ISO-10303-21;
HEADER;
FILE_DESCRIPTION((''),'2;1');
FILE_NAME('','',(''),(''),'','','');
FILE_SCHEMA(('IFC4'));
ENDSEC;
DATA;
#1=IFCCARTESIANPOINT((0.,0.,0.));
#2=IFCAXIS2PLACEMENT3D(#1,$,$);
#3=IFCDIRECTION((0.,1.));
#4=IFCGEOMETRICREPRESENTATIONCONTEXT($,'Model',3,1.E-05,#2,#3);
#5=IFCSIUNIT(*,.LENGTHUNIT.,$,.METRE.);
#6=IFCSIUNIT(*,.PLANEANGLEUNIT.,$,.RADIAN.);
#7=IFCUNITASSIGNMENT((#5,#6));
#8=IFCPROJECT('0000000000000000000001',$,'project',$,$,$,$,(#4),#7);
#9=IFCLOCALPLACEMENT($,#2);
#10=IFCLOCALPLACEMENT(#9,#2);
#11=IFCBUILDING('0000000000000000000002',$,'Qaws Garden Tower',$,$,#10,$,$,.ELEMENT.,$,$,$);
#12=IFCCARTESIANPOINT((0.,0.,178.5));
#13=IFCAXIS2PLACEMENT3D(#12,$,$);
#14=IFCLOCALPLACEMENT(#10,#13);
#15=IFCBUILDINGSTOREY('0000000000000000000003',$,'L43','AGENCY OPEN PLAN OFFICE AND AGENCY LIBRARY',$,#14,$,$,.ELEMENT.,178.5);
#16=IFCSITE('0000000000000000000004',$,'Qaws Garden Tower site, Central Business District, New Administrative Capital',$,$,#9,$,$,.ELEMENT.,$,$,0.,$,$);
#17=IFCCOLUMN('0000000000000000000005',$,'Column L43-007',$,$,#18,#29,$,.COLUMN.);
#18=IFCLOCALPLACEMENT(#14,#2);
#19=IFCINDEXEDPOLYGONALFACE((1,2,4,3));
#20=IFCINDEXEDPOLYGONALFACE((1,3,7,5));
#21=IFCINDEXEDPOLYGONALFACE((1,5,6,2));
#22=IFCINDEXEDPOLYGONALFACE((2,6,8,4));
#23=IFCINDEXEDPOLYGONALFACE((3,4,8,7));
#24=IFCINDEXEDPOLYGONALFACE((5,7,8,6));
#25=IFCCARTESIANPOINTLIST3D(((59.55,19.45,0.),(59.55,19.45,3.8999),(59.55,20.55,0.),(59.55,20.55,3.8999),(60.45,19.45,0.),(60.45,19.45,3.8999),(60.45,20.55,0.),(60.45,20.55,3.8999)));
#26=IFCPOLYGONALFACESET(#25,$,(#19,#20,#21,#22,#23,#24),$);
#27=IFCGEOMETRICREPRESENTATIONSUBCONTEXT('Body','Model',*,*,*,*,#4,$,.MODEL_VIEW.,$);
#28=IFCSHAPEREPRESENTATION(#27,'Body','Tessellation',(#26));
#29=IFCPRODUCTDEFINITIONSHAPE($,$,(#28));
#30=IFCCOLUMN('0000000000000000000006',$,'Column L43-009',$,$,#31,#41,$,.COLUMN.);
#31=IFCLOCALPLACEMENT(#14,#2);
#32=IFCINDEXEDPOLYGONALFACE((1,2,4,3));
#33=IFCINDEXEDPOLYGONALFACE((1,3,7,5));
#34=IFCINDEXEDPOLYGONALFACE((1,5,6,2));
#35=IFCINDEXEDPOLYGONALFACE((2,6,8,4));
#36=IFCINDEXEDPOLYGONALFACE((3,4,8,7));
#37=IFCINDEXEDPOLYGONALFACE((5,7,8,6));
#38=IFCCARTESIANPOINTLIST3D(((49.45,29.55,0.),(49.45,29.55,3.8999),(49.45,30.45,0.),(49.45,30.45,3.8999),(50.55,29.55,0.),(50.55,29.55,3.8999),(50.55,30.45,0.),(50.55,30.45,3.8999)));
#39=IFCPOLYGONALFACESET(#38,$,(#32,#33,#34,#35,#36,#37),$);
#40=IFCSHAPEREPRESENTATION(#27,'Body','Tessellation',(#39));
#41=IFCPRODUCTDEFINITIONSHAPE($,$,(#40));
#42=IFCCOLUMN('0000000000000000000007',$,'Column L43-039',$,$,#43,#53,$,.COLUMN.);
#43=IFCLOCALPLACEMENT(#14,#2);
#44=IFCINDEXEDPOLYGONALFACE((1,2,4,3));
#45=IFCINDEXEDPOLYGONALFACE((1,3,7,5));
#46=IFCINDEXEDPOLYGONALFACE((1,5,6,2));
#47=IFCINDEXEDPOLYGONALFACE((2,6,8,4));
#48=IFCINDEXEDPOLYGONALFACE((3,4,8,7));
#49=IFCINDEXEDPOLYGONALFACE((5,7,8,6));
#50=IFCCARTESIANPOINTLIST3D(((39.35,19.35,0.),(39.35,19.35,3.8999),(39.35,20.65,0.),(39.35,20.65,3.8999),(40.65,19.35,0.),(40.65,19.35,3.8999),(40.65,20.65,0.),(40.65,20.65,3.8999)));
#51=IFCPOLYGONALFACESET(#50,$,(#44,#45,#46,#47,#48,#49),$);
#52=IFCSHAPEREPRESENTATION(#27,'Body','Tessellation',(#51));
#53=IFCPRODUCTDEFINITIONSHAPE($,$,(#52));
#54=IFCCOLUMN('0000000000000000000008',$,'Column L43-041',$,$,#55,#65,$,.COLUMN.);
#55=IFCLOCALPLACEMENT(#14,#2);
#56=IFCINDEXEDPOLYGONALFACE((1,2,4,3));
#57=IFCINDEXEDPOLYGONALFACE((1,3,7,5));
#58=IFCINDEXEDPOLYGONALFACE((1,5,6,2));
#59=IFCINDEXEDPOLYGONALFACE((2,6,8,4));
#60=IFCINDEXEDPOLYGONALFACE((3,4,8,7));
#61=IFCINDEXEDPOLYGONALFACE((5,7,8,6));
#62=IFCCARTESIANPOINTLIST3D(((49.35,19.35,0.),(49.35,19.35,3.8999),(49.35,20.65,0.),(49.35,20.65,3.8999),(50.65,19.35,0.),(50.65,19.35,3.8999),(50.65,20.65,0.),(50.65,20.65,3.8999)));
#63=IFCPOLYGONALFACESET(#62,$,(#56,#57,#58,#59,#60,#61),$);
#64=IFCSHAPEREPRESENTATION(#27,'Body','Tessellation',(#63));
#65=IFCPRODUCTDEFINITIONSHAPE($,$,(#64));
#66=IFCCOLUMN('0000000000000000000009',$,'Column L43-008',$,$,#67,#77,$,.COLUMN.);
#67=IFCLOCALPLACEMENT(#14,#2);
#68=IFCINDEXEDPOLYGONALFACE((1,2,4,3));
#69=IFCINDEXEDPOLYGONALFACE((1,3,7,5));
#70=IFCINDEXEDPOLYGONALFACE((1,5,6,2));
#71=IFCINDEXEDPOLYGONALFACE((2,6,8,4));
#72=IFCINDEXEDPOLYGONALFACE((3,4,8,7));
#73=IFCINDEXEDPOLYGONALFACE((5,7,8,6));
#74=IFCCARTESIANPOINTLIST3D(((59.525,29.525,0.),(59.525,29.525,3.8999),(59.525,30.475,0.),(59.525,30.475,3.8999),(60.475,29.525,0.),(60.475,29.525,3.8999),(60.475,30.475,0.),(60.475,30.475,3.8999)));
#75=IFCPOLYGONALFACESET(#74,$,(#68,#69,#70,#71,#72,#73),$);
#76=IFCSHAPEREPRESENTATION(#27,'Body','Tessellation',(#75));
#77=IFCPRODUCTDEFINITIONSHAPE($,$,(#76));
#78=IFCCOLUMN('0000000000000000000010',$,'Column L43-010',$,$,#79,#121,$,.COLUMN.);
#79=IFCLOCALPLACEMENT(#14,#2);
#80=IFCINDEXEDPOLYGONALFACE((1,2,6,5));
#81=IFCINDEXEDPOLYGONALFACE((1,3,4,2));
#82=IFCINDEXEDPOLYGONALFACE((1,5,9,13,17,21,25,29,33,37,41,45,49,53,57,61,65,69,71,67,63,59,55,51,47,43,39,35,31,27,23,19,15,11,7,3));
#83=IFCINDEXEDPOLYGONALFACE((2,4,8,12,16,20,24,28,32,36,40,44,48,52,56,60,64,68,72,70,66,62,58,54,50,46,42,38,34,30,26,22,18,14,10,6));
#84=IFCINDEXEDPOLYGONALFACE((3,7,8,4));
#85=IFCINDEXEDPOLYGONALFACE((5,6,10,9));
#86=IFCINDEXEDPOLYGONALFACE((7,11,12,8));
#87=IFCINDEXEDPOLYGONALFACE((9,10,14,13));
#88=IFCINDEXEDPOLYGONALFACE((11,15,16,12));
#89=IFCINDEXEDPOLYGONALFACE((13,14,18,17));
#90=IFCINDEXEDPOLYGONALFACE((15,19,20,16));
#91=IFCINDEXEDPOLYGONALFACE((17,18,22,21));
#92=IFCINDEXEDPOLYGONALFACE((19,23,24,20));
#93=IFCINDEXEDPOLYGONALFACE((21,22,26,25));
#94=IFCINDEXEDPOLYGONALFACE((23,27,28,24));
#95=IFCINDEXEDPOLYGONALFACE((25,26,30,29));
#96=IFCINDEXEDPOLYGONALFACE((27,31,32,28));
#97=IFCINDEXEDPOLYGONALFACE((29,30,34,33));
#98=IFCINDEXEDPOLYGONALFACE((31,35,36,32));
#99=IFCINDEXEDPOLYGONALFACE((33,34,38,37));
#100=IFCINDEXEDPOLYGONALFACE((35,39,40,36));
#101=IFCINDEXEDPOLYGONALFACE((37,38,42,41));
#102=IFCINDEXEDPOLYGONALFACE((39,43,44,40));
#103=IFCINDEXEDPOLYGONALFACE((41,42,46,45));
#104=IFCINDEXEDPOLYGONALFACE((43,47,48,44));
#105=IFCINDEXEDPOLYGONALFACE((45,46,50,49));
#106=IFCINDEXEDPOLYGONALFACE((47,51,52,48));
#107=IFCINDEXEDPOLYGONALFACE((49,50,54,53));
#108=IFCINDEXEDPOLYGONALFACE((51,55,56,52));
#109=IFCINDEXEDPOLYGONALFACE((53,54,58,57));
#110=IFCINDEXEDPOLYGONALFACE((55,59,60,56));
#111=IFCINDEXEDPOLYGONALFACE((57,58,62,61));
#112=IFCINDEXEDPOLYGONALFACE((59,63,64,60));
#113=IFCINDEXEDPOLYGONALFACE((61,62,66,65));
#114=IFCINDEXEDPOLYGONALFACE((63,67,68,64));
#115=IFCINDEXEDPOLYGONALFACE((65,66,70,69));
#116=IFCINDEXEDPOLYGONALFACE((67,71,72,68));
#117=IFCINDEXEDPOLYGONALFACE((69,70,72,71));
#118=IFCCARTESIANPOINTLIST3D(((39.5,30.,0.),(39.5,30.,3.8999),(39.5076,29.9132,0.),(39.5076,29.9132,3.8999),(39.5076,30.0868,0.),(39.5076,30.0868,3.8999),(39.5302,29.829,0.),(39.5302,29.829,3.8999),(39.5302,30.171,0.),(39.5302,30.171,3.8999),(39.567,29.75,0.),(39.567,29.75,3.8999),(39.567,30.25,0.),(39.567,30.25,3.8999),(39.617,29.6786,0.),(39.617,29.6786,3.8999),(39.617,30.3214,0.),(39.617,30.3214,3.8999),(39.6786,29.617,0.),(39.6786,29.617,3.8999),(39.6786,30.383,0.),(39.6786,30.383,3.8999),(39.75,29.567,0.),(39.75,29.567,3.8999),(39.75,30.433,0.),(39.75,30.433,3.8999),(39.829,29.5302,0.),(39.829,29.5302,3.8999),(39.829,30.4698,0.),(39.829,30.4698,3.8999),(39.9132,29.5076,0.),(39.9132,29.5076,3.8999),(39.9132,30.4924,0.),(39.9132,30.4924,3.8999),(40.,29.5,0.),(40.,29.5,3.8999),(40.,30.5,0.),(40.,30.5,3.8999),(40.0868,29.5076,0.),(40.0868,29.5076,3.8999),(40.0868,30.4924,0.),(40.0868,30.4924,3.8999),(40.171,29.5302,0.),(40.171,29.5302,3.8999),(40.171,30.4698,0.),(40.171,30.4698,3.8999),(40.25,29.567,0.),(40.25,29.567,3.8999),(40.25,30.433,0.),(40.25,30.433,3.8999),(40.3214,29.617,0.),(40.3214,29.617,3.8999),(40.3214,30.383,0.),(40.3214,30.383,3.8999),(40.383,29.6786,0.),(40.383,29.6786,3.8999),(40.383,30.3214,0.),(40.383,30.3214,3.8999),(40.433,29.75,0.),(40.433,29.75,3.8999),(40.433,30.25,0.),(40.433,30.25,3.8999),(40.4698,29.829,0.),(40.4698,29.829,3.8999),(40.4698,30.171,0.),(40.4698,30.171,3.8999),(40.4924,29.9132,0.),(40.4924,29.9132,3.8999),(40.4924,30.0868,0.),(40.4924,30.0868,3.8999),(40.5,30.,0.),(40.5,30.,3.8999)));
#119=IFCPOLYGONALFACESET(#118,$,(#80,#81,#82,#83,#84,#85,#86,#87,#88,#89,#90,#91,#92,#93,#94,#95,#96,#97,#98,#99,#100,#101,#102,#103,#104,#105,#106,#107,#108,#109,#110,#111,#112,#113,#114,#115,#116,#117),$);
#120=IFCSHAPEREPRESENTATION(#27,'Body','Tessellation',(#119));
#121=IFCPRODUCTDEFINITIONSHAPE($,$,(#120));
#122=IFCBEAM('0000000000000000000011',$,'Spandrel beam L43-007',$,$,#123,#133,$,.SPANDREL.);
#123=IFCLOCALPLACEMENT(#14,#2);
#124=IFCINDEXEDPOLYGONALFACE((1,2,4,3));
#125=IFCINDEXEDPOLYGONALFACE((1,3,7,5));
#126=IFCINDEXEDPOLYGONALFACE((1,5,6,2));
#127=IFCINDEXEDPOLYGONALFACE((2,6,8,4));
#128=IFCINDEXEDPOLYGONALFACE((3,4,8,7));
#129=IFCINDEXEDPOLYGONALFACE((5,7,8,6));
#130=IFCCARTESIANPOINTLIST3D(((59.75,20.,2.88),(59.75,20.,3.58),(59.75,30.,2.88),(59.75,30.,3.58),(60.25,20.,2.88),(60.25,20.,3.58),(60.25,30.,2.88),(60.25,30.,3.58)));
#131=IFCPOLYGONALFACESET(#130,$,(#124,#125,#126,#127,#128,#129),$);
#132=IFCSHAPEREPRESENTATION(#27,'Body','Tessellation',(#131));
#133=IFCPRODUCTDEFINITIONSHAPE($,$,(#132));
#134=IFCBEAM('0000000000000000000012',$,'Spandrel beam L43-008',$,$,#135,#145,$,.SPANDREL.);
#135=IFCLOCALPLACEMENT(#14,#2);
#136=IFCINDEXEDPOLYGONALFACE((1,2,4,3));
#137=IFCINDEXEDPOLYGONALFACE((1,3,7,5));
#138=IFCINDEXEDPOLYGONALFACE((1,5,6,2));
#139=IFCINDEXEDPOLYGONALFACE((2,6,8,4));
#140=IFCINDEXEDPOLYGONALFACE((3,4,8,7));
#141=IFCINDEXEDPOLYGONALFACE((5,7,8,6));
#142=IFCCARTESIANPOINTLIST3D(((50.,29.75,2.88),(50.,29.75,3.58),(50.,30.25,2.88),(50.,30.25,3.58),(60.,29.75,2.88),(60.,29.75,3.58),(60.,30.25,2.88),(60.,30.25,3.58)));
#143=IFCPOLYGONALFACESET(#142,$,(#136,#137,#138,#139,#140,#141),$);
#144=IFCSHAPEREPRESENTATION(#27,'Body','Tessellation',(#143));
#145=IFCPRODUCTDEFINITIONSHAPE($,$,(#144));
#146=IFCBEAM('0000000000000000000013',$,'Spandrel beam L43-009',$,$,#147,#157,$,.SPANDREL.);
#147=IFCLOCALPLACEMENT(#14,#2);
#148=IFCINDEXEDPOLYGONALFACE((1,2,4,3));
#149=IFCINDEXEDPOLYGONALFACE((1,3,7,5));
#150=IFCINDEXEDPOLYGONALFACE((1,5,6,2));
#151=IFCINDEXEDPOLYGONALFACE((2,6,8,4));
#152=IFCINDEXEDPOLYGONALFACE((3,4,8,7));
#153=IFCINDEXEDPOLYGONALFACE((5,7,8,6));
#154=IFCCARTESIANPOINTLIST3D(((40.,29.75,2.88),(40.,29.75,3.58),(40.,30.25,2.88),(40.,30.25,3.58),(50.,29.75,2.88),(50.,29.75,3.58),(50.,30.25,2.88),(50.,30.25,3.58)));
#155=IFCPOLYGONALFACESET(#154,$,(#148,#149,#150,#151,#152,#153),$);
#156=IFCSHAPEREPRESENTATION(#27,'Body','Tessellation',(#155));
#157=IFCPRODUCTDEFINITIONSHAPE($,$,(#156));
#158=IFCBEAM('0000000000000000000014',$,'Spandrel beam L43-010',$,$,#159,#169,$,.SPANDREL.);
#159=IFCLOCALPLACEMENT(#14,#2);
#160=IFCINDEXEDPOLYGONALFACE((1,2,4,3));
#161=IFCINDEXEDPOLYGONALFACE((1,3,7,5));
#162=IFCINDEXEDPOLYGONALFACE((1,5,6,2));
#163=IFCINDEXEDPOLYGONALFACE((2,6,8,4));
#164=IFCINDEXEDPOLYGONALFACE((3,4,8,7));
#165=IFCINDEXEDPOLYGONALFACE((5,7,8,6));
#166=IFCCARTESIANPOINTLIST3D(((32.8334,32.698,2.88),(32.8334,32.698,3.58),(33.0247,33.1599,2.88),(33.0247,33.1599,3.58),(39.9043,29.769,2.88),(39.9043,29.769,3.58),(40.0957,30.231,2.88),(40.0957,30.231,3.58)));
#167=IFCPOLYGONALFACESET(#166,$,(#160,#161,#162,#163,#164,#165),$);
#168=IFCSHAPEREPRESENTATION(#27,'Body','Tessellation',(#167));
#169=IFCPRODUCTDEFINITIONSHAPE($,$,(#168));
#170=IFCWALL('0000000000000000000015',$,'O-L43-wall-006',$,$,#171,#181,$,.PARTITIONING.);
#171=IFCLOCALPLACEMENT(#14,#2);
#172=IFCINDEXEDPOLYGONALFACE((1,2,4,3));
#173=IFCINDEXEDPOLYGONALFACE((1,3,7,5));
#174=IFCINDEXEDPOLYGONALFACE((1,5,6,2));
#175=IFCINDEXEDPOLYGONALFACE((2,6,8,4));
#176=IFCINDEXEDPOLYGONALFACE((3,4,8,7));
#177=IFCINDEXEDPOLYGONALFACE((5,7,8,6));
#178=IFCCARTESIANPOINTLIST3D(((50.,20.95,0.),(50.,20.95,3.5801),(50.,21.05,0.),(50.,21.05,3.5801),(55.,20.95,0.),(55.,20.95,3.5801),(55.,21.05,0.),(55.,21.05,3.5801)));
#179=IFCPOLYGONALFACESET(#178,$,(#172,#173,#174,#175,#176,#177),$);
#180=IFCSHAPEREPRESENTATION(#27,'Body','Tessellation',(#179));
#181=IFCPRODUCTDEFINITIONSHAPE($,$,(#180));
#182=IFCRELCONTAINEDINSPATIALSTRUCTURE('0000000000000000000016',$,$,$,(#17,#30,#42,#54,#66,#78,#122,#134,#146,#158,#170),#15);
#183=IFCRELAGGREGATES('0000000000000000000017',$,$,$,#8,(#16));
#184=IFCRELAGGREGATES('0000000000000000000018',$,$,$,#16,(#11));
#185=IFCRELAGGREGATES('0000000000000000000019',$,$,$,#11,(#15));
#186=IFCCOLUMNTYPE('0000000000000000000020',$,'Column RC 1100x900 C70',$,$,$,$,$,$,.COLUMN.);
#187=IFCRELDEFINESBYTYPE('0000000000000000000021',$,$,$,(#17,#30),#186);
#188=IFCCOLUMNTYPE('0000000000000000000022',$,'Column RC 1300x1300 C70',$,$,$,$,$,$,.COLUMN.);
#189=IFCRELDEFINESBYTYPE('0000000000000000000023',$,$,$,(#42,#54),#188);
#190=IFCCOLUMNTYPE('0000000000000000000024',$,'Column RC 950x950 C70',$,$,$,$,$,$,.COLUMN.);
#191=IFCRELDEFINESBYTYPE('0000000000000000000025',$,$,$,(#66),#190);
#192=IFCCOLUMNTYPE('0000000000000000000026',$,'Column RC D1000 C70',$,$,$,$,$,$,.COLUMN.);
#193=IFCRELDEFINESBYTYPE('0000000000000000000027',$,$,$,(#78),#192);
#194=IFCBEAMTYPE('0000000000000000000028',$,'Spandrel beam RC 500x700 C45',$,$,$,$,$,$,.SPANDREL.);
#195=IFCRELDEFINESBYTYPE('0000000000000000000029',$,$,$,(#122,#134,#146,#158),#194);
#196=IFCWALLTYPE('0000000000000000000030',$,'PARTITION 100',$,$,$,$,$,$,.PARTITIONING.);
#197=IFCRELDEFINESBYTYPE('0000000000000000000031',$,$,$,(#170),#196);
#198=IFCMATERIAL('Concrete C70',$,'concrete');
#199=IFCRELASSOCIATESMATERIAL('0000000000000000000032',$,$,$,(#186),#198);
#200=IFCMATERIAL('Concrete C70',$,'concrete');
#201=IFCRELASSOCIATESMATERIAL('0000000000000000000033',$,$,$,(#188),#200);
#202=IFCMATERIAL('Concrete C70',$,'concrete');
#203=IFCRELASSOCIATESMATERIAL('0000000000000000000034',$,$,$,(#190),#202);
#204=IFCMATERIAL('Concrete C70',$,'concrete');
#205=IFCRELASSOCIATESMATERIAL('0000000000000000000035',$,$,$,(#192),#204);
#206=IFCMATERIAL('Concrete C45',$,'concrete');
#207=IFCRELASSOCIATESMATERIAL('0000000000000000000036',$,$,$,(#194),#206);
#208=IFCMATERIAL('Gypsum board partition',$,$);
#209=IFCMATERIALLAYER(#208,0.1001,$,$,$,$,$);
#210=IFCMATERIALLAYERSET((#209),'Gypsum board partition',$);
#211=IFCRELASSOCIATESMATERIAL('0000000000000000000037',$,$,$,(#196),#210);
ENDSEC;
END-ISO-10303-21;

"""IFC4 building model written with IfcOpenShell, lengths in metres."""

from ifc_helpers import new_model, si_unit, direction, frame, frame_2d, origin, origin_2d, place, context, subcontext, project, spatial, rectangle, circle, extrude, material, layer, layer_set, material_profile, profile_set, type_object, element, save


model = new_model("IFC4")

# Units and contexts
model_context = context("Model", 3, precision=1e-05, world=origin(), true_north=direction((0.0, 1.0)))
body_context = subcontext(model_context, "Body", "Model", "MODEL_VIEW")
ifc_project = project(units=[si_unit("LENGTHUNIT", "METRE"), si_unit("PLANEANGLEUNIT", "RADIAN")], contexts=[model_context])

# Site, building, storey
site_placement = place(None, origin())
site = spatial("IfcSite", under=ifc_project, at=site_placement, Name="Qaws Garden Tower site, Central Business District, New Administrative Capital", CompositionType="ELEMENT", RefElevation=0.0)
building_placement = place(site_placement, origin())
building = spatial("IfcBuilding", under=site, at=building_placement, Name="Qaws Garden Tower", CompositionType="ELEMENT")
storey_placement = place(building_placement, frame((0.0, 0.0, 178.5)))
storey = spatial("IfcBuildingStorey", under=building, at=storey_placement, Name="L43", Description="AGENCY OPEN PLAN OFFICE AND AGENCY LIBRARY", CompositionType="ELEMENT", Elevation=178.5)

# Columns
ifc_material_1 = material(Name="Concrete C70", Category="concrete")
ifc_material_profile_1 = material_profile(ifc_material_1, rectangle(XDim=1.1001, YDim=0.8999, at=origin_2d()), Name="RC 1100x900")
ifc_profile_set_1 = profile_set([ifc_material_profile_1], Name="Concrete C70")
column_type_1 = type_object("IfcColumnType", Name="Column RC 1100x900 C70", PredefinedType="COLUMN", material=ifc_profile_set_1)
for number, where, z_axis, x_axis, name in (
    (1, (60.0, 20.0, 0.0), (0.0, 0.0, 1.0), (0.0, 1.0, 0.0), "Column L43-007"),
    (2, (50.0, 30.0, 0.0), (0.0, 0.0, 1.0), (1.0, 0.0, 0.0), "Column L43-009"),
):
    element("IfcColumn", number, at=place(storey_placement, frame(where, z_axis=z_axis, x_axis=x_axis)), inside=storey, type_object=column_type_1, Name=name, PredefinedType="COLUMN", context=body_context, shape_type="SweptSolid", body=[
        extrude(rectangle(XDim=1.1001, YDim=0.8999, at=origin_2d()), origin(), (0.0, 0.0, 1.0), 3.8999),
    ])
ifc_material_2 = material(Name="Concrete C70", Category="concrete")
ifc_material_profile_2 = material_profile(ifc_material_2, rectangle(XDim=1.3, YDim=1.3, at=origin_2d()), Name="RC 1300x1300")
ifc_profile_set_2 = profile_set([ifc_material_profile_2], Name="Concrete C70")
column_type_2 = type_object("IfcColumnType", Name="Column RC 1300x1300 C70", PredefinedType="COLUMN", material=ifc_profile_set_2)
for number, where, z_axis, x_axis, name in (
    (3, (40.0, 20.0, 0.0), (0.0, 0.0, 1.0), (1.0, 0.0, 0.0), "Column L43-039"),
    (4, (50.0, 20.0, 0.0), (0.0, 0.0, 1.0), (1.0, 0.0, 0.0), "Column L43-041"),
):
    element("IfcColumn", number, at=place(storey_placement, frame(where, z_axis=z_axis, x_axis=x_axis)), inside=storey, type_object=column_type_2, Name=name, PredefinedType="COLUMN", context=body_context, shape_type="SweptSolid", body=[
        extrude(rectangle(XDim=1.3, YDim=1.3, at=origin_2d()), origin(), (0.0, 0.0, 1.0), 3.8999),
    ])
ifc_material_3 = material(Name="Concrete C70", Category="concrete")
ifc_material_profile_3 = material_profile(ifc_material_3, rectangle(XDim=0.95, YDim=0.95, at=origin_2d()), Name="RC 950x950")
ifc_profile_set_3 = profile_set([ifc_material_profile_3], Name="Concrete C70")
column_type_3 = type_object("IfcColumnType", Name="Column RC 950x950 C70", PredefinedType="COLUMN", material=ifc_profile_set_3)
column_1_placement = place(storey_placement, frame((60.0, 30.0, 0.0), z_axis=(0.0, 0.0, 1.0), x_axis=(1.0, 0.0, 0.0)))
element("IfcColumn", 5, at=column_1_placement, inside=storey, type_object=column_type_3, Name="Column L43-008", PredefinedType="COLUMN", context=body_context, shape_type="SweptSolid", body=[
    extrude(rectangle(XDim=0.95, YDim=0.95, at=origin_2d()), origin(), (0.0, 0.0, 1.0), 3.8999),
])
ifc_material_4 = material(Name="Concrete C70", Category="concrete")
ifc_material_profile_4 = material_profile(ifc_material_4, circle(Radius=0.5, at=origin_2d()), Name="RC D1000")
ifc_profile_set_4 = profile_set([ifc_material_profile_4], Name="Concrete C70")
column_type_4 = type_object("IfcColumnType", Name="Column RC D1000 C70", PredefinedType="COLUMN", material=ifc_profile_set_4)
column_2_placement = place(storey_placement, frame((40.0, 30.0, 0.0), z_axis=(0.0, 0.0, 1.0), x_axis=(1.0, 0.0, 0.0)))
element("IfcColumn", 6, at=column_2_placement, inside=storey, type_object=column_type_4, Name="Column L43-010", PredefinedType="COLUMN", context=body_context, shape_type="SweptSolid", body=[
    extrude(circle(Radius=0.5, at=origin_2d()), origin(), (0.0, 0.0, 1.0), 3.8999),
])

# Beams
ifc_material_5 = material(Name="Concrete C45", Category="concrete")
ifc_material_profile_5 = material_profile(ifc_material_5, rectangle(XDim=0.5, YDim=0.7, at=origin_2d()), Name="RC 500x700")
ifc_profile_set_5 = profile_set([ifc_material_profile_5], Name="Concrete C45")
beam_type = type_object("IfcBeamType", Name="Spandrel beam RC 500x700 C45", PredefinedType="SPANDREL", material=ifc_profile_set_5)
for number, where, z_axis, x_axis, name in (
    (7, (60.0, 20.0, 3.23), (0.0, 1.0, 0.0), (-1.0, 0.0, 0.0), "Spandrel beam L43-007"),
    (8, (60.0, 30.0, 3.23), (-1.0, 0.0, 0.0), (0.0, -1.0, 0.0), "Spandrel beam L43-008"),
    (9, (50.0, 30.0, 3.23), (-1.0, 0.0, 0.0), (0.0, -1.0, 0.0), "Spandrel beam L43-009"),
):
    element("IfcBeam", number, at=place(storey_placement, frame(where, z_axis=z_axis, x_axis=x_axis)), inside=storey, type_object=beam_type, Name=name, PredefinedType="SPANDREL", context=body_context, shape_type="SweptSolid", body=[
        extrude(rectangle(XDim=0.5, YDim=0.7, at=origin_2d()), origin(), (0.0, 0.0, 1.0), 10.0),
    ])
beam_placement = place(storey_placement, frame((40.0, 30.0, 3.23), z_axis=(-0.923878, 0.382687, 0.0), x_axis=(-0.382687, -0.923878, 0.0)))
element("IfcBeam", 10, at=beam_placement, inside=storey, type_object=beam_type, Name="Spandrel beam L43-010", PredefinedType="SPANDREL", context=body_context, shape_type="SweptSolid", body=[
    extrude(rectangle(XDim=0.5, YDim=0.7, at=origin_2d()), origin(), (0.0, 0.0, 1.0), 7.6536),
])

# Wall
ifc_material_6 = material(Name="Gypsum board partition")
ifc_layer_1 = layer(ifc_material_6, 0.1001)
ifc_layer_set_1 = layer_set([ifc_layer_1], Name="Gypsum board partition")
wall_type_1 = type_object("IfcWallType", Name="PARTITION 100", PredefinedType="PARTITIONING", material=ifc_layer_set_1)
wall_1_placement = place(storey_placement, frame((50.0, 21.0, 0.0), z_axis=(0.0, 0.0, 1.0), x_axis=(1.0, 0.0, 0.0)))
element("IfcWall", 11, at=wall_1_placement, inside=storey, type_object=wall_type_1, Name="O-L43-wall-006", PredefinedType="PARTITIONING", context=body_context, shape_type="SweptSolid", body=[
    extrude(rectangle(XDim=5.0, YDim=0.1001, at=frame_2d((2.5, 0.0))), origin(), (0.0, 0.0, 1.0), 3.5801),
])

save(model, "model.ifc")
